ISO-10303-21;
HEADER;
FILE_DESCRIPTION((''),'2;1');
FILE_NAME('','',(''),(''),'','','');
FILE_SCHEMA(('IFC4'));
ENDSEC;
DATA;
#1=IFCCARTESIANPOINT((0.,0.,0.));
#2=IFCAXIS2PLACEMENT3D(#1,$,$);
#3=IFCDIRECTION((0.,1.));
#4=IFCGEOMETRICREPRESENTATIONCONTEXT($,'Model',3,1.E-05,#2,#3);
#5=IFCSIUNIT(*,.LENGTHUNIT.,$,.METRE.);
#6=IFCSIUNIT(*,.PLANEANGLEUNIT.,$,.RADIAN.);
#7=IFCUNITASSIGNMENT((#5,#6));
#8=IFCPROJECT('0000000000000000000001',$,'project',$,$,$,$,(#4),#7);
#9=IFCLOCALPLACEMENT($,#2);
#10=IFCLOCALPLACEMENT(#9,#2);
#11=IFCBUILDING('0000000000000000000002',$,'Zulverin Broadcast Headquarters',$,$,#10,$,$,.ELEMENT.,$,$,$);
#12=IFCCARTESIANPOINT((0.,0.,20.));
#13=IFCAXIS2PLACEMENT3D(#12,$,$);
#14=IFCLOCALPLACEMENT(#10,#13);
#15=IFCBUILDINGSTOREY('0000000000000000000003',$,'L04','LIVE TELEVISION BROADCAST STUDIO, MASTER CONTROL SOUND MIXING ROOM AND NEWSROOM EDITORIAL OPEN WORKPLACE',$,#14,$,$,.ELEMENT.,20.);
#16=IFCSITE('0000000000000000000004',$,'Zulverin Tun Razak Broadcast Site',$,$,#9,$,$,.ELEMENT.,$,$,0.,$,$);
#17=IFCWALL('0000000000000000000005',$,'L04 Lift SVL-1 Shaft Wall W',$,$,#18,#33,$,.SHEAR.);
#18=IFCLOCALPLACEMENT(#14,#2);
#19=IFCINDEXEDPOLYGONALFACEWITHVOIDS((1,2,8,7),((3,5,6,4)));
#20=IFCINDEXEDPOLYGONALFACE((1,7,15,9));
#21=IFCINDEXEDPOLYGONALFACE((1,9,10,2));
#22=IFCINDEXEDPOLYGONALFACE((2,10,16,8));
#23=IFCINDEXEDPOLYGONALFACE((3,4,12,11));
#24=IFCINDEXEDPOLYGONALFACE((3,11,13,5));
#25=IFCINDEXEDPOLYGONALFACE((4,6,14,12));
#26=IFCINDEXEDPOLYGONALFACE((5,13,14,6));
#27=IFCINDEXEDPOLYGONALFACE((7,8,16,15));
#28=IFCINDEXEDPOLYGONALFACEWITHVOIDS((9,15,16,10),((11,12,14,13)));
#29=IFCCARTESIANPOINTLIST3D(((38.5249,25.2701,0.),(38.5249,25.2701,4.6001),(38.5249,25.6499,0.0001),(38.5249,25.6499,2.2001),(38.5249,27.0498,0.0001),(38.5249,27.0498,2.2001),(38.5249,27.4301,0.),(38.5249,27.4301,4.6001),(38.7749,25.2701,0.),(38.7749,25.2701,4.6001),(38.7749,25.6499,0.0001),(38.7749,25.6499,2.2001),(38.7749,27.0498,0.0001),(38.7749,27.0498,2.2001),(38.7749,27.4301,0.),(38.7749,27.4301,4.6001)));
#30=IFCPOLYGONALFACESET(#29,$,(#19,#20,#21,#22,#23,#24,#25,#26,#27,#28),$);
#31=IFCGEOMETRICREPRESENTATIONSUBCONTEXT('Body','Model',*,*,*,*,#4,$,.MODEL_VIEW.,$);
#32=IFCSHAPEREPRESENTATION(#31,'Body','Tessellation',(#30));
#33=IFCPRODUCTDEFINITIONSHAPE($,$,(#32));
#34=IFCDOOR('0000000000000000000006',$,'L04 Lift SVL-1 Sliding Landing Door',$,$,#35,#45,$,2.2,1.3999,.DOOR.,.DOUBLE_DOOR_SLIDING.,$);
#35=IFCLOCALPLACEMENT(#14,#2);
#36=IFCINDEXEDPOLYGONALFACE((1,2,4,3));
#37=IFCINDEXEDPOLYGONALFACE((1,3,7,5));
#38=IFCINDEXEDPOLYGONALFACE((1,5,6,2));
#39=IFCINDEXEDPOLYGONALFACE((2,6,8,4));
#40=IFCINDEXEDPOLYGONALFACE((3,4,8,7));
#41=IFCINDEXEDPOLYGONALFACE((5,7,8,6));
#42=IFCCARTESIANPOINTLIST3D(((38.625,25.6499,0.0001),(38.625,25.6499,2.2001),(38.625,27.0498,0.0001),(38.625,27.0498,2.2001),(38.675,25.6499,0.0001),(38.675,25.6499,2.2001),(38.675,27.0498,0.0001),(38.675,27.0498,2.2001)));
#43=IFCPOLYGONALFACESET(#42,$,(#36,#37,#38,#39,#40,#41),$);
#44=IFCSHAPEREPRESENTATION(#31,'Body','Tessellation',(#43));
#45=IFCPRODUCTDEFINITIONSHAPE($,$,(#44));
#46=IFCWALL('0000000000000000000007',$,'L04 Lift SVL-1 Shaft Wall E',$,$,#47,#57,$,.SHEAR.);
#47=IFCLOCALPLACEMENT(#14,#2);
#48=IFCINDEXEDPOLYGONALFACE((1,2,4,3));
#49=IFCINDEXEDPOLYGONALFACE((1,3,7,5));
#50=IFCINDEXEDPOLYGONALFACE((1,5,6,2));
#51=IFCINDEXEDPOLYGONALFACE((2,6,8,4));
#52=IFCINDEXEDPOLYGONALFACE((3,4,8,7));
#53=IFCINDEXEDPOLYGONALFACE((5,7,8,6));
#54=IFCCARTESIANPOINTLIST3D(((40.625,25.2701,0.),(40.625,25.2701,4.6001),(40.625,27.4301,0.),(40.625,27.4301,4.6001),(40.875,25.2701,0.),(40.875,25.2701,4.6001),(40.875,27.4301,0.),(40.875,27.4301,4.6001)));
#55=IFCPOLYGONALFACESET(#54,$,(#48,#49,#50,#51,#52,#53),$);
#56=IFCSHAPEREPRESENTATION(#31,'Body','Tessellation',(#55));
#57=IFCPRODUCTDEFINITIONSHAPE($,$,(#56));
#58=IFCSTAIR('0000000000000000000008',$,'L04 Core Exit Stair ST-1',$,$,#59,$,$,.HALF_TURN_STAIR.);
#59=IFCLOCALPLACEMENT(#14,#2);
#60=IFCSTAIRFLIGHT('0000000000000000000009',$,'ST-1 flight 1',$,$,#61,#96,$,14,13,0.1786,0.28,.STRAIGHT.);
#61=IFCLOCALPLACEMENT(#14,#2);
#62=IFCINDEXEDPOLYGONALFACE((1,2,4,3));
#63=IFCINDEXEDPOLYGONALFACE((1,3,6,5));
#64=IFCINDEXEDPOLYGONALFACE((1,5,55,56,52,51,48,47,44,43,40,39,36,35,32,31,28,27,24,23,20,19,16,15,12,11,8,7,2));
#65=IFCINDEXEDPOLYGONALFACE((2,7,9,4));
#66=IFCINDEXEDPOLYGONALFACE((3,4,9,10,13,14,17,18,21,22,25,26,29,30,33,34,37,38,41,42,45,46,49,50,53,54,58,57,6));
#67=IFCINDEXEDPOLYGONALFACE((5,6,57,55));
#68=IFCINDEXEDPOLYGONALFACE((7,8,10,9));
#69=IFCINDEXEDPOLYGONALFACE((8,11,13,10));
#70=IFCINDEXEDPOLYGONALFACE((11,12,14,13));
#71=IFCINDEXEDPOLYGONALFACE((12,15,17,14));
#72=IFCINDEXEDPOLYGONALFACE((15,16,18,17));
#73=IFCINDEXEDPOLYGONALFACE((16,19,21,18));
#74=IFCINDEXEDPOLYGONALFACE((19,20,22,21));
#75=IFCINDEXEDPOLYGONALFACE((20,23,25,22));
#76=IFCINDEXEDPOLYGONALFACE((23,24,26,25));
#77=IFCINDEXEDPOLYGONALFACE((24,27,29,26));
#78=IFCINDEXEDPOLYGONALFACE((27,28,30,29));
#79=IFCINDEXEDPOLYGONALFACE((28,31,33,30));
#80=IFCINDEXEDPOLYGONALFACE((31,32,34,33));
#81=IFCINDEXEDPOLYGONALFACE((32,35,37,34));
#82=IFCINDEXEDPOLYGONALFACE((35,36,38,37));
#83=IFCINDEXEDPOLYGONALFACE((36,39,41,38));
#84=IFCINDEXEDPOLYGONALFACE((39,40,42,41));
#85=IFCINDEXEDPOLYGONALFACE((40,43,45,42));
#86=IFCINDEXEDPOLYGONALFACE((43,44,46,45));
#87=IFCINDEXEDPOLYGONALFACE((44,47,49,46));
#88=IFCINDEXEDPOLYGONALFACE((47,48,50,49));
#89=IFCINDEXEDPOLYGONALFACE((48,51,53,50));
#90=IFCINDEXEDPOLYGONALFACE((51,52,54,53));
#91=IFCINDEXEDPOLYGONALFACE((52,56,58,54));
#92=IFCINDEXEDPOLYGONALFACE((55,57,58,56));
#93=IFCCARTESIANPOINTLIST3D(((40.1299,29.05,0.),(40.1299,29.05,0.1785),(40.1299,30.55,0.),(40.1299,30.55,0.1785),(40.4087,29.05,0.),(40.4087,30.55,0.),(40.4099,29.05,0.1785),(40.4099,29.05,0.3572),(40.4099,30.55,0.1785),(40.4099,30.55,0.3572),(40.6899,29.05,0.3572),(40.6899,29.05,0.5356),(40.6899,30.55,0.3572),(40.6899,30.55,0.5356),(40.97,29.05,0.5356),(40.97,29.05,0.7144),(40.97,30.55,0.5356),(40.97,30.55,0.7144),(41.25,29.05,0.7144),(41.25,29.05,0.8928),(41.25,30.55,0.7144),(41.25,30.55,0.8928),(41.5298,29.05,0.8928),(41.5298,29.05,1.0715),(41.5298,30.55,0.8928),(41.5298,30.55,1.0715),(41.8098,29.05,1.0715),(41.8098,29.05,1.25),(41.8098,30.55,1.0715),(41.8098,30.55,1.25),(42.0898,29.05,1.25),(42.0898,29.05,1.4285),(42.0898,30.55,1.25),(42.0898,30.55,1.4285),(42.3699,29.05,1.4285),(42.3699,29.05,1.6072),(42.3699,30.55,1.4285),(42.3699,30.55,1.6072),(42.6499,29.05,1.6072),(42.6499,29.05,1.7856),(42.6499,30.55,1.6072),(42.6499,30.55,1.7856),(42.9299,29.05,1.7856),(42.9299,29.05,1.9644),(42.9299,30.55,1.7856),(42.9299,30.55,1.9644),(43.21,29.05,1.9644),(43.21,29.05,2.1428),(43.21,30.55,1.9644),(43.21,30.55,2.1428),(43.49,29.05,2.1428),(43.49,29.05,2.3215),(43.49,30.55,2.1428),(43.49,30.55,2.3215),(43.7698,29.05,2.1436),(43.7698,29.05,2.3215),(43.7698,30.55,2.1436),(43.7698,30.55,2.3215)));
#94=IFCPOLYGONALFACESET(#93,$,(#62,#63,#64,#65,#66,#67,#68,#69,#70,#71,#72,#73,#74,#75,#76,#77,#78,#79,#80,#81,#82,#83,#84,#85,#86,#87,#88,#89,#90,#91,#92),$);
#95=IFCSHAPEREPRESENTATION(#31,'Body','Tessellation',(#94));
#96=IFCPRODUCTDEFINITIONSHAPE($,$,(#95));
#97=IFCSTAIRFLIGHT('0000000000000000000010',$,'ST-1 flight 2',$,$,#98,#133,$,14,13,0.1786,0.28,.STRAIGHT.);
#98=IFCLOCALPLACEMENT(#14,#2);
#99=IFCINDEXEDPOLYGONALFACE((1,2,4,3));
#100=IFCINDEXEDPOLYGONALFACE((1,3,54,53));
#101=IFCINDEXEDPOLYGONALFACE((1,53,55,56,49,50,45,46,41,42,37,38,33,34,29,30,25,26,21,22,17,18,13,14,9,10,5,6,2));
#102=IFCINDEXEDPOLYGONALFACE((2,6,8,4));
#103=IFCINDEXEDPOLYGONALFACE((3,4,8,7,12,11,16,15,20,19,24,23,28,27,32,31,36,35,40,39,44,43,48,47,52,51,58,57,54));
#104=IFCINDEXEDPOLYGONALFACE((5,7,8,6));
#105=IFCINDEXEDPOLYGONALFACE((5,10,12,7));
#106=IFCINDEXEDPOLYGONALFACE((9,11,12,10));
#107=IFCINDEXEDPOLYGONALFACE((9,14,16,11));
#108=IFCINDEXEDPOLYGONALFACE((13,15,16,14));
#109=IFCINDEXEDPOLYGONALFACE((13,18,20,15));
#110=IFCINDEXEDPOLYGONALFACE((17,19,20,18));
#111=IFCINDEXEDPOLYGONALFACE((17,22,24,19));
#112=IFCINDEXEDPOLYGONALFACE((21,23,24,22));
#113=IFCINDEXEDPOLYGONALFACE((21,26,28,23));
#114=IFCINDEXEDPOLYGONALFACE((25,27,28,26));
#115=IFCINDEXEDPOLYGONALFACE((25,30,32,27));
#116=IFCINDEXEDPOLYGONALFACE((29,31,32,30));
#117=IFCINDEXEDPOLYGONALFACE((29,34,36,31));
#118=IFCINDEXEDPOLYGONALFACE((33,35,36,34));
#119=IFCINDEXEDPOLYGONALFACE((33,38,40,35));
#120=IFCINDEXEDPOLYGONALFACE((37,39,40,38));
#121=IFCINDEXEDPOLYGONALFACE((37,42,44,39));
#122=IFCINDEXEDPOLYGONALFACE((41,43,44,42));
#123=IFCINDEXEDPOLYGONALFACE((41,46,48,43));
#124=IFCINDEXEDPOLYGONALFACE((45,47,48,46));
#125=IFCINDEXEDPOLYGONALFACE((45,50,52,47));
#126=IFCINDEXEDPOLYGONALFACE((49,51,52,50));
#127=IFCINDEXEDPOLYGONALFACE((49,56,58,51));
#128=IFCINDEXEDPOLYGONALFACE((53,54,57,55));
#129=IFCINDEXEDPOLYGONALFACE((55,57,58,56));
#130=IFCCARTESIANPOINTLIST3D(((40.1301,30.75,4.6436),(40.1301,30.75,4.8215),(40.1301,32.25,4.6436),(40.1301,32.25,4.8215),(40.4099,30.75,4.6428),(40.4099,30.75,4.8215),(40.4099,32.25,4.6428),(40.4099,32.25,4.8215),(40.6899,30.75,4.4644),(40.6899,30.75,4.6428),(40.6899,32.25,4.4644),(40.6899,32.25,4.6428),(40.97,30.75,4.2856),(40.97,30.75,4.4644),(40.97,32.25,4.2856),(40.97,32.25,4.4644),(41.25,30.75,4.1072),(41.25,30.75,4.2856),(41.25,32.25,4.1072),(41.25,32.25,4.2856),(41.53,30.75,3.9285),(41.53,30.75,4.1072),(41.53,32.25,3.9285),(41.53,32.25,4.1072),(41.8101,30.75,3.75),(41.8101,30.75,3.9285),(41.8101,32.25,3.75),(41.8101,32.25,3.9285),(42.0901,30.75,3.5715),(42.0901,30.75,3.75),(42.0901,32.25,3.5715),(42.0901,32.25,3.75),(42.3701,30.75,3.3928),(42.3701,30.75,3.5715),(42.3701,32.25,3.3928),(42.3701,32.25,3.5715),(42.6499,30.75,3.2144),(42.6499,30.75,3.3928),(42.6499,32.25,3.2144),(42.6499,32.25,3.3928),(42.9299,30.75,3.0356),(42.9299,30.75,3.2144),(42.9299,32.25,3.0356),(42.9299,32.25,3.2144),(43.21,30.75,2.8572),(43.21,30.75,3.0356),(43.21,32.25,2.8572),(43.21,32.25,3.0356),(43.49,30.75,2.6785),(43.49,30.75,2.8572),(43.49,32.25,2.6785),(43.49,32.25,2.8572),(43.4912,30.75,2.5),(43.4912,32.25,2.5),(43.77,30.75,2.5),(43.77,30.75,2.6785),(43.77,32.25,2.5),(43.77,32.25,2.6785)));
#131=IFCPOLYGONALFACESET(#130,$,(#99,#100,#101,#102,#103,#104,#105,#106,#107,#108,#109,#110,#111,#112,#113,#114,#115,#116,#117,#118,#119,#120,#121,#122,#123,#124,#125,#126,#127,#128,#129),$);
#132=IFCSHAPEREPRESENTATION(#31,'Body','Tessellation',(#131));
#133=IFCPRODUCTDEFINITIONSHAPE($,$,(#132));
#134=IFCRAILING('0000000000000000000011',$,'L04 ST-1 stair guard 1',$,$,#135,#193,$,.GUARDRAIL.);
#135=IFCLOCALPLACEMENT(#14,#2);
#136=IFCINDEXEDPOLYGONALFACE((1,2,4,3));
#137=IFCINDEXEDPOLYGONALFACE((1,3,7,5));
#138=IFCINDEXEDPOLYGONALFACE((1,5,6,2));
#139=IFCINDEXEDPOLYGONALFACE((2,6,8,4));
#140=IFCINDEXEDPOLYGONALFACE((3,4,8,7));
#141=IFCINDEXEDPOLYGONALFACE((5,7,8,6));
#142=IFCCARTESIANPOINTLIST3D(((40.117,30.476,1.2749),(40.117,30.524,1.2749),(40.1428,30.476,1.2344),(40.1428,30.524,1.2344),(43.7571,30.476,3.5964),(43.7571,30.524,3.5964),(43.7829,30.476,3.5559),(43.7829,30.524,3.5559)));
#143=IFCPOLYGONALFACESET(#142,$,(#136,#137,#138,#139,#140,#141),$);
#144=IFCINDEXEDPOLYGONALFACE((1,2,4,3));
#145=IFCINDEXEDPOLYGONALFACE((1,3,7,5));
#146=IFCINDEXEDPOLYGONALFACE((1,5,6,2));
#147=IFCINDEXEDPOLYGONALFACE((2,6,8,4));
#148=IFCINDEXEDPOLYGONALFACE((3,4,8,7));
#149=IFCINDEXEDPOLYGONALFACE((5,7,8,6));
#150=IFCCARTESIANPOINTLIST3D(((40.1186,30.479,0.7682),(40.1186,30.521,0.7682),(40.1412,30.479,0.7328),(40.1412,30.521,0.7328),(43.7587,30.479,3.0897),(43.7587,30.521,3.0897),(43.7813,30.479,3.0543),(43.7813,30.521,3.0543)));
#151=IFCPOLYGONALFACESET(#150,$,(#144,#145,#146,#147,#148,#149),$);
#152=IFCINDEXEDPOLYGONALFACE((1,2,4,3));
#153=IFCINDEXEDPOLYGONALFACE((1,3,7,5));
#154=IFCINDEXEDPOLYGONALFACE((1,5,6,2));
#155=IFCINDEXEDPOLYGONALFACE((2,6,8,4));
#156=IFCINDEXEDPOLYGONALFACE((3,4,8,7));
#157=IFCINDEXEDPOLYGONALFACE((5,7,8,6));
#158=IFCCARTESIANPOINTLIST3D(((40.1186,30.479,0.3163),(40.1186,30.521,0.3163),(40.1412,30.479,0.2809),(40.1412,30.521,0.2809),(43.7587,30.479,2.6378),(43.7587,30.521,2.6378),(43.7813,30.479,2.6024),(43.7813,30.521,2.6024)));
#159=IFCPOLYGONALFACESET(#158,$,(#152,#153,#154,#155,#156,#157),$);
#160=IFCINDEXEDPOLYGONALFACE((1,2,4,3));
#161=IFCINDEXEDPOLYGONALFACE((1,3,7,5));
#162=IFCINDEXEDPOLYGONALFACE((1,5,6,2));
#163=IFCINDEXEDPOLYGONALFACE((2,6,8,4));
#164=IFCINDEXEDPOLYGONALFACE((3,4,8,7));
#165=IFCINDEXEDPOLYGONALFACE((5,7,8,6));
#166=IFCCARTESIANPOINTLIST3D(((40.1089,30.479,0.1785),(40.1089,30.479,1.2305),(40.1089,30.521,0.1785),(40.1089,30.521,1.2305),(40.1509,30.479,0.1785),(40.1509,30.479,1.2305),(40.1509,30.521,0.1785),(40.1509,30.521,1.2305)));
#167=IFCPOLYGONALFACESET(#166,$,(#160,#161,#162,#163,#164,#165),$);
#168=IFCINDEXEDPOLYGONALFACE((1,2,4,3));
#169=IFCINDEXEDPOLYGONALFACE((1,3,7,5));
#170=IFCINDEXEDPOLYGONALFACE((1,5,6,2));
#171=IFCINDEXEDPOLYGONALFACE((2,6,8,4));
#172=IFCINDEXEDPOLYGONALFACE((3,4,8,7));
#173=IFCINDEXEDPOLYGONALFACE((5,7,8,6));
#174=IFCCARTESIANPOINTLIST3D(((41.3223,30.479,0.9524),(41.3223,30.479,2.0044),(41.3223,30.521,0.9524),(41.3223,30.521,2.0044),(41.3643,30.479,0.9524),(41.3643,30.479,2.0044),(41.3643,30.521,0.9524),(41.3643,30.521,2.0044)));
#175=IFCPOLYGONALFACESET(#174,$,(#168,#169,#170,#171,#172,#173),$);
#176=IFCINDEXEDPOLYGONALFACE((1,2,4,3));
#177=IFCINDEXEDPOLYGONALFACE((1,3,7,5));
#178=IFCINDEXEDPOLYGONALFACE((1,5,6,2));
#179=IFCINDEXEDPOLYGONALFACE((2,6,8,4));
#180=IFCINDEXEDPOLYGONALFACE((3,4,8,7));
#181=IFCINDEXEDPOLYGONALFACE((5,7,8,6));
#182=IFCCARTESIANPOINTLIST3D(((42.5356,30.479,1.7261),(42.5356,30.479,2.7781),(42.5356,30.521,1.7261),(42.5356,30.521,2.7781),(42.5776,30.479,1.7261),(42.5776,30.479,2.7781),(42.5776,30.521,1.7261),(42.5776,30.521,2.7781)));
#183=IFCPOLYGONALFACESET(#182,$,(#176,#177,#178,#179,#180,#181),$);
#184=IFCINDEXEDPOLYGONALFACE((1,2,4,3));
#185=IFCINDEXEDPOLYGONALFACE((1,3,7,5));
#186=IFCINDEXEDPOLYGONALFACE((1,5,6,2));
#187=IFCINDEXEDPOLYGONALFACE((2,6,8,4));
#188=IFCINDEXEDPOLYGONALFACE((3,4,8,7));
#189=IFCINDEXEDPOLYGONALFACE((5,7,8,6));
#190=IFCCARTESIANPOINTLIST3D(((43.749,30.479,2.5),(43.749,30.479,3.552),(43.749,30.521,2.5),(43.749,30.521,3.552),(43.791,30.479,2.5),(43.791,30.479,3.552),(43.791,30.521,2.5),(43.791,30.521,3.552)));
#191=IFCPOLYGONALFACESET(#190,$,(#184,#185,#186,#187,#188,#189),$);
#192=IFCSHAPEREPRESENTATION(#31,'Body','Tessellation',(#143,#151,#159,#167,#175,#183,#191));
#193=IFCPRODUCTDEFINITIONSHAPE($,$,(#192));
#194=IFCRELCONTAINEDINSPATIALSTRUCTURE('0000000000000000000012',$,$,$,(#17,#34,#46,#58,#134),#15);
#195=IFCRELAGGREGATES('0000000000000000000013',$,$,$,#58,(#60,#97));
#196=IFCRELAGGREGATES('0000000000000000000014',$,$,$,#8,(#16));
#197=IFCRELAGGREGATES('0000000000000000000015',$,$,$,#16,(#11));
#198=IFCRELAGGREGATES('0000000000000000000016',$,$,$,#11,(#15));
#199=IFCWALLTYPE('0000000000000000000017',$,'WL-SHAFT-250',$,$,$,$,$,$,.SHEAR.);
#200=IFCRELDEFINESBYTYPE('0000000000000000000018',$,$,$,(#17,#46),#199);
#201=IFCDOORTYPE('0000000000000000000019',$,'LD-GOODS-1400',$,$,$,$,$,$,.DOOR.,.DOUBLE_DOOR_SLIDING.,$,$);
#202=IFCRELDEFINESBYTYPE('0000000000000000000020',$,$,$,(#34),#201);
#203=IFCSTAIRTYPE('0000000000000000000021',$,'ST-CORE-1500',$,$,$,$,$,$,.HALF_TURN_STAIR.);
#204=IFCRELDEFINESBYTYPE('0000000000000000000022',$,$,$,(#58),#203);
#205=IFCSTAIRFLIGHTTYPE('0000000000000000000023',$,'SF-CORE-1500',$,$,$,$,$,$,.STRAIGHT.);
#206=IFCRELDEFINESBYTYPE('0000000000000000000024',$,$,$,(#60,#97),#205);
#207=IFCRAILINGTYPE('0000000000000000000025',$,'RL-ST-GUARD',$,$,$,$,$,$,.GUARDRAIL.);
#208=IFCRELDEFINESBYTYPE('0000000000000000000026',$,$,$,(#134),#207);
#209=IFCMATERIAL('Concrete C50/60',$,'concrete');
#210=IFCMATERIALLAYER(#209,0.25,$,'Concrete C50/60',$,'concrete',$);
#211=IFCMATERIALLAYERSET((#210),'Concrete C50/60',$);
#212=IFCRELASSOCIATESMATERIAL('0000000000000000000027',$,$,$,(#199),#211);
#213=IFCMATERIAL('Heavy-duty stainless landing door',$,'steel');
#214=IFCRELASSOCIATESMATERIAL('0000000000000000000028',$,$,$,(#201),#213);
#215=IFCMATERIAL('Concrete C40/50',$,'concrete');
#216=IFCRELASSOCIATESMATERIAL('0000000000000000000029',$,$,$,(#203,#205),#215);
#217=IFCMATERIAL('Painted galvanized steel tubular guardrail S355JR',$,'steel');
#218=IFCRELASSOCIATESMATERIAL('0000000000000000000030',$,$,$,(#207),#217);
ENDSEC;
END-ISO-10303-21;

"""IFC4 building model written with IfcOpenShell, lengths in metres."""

from ifc_helpers import new_model, si_unit, direction, frame, frame_2d, origin, origin_2d, place, context, subcontext, project, spatial, polyline, rectangle, outline, extrude, material, layer, layer_set, type_object, element, fill, aggregate, save


model = new_model("IFC4")

# Units and contexts
model_context = context("Model", 3, precision=1e-05, world=origin(), true_north=direction((0.0, 1.0)))
body_context = subcontext(model_context, "Body", "Model", "MODEL_VIEW")
ifc_project = project(units=[si_unit("LENGTHUNIT", "METRE"), si_unit("PLANEANGLEUNIT", "RADIAN")], contexts=[model_context])

# Site, building, storey
site_placement = place(None, origin())
site = spatial("IfcSite", under=ifc_project, at=site_placement, Name="Zulverin Tun Razak Broadcast Site", CompositionType="ELEMENT", RefElevation=0.0)
building_placement = place(site_placement, origin())
building = spatial("IfcBuilding", under=site, at=building_placement, Name="Zulverin Broadcast Headquarters", CompositionType="ELEMENT")
storey_placement = place(building_placement, frame((0.0, 0.0, 20.0)))
storey = spatial("IfcBuildingStorey", under=building, at=storey_placement, Name="L04", Description="LIVE TELEVISION BROADCAST STUDIO, MASTER CONTROL SOUND MIXING ROOM AND NEWSROOM EDITORIAL OPEN WORKPLACE", CompositionType="ELEMENT", Elevation=20.0)

# Shared definitions
ifc_material_1 = material(Name="Concrete C50/60", Category="concrete")
ifc_layer_1 = layer(ifc_material_1, 0.25, Name="Concrete C50/60", Category="concrete")
ifc_layer_set_1 = layer_set([ifc_layer_1], Name="Concrete C50/60")
wall_type_1 = type_object("IfcWallType", Name="WL-SHAFT-250", PredefinedType="SHEAR", material=ifc_layer_set_1)

# Wall, opening, door
wall_1_placement = place(storey_placement, frame((38.6499, 25.27, 0.0), z_axis=(0.0, 0.0, 1.0), x_axis=(0.0, 1.0, 0.0)))
wall_1 = element("IfcWall", 1, at=wall_1_placement, inside=storey, type_object=wall_type_1, Name="L04 Lift SVL-1 Shaft Wall W", PredefinedType="SHEAR", context=body_context, shape_type="SweptSolid", body=[
    extrude(rectangle(XDim=2.1599, YDim=0.25, at=frame_2d((1.0801, 0.0))), origin(), (0.0, 0.0, 1.0), 4.6001),
])
opening_1_placement = place(wall_1_placement, frame((0.3799, 0.0, 0.0)))
opening_1 = element("IfcOpeningElement", 2, at=opening_1_placement, cuts=wall_1, PredefinedType="OPENING", context=body_context, shape_type="SweptSolid", body=[
    extrude(rectangle(XDim=1.3999, YDim=2.2, at=frame_2d((0.7, 1.1001))), frame((0.0, 0.135, 0.0), z_axis=(0.0, -1.0, 0.0), x_axis=(1.0, 0.0, 0.0)), (0.0, 0.0, 1.0), 0.27),
])
ifc_material_2 = material(Name="Heavy-duty stainless landing door", Category="steel")
door_type_1 = type_object("IfcDoorType", Name="LD-GOODS-1400", OperationType="DOUBLE_DOOR_SLIDING", PredefinedType="DOOR", material=ifc_material_2)
door_1_placement = place(opening_1_placement, origin())
door_1 = element("IfcDoor", 3, at=door_1_placement, inside=storey, type_object=door_type_1, Name="L04 Lift SVL-1 Sliding Landing Door", OperationType="DOUBLE_DOOR_SLIDING", OverallHeight=2.2, OverallWidth=1.3999, PredefinedType="DOOR", context=body_context, shape_type="SweptSolid", body=[
    extrude(rectangle(XDim=1.3999, YDim=2.2, at=frame_2d((0.7, 1.1001))), frame((0.0, 0.0249, 0.0), z_axis=(0.0, -1.0, 0.0), x_axis=(1.0, 0.0, 0.0)), (0.0, 0.0, 1.0), 0.05),
])
fill(opening_1, door_1)

# Wall
wall_2_placement = place(storey_placement, frame((40.75, 25.27, 0.0), z_axis=(0.0, 0.0, 1.0), x_axis=(0.0, 1.0, 0.0)))
element("IfcWall", 4, at=wall_2_placement, inside=storey, type_object=wall_type_1, Name="L04 Lift SVL-1 Shaft Wall E", PredefinedType="SHEAR", context=body_context, shape_type="SweptSolid", body=[
    extrude(rectangle(XDim=2.1599, YDim=0.25, at=frame_2d((1.0801, 0.0))), origin(), (0.0, 0.0, 1.0), 4.6001),
])

# Stair, stair flights
ifc_material_3 = material(Name="Concrete C40/50", Category="concrete")
stair_type = type_object("IfcStairType", Name="ST-CORE-1500", PredefinedType="HALF_TURN_STAIR", material=ifc_material_3)
stair_placement = place(storey_placement, origin())
stair = element("IfcStair", 5, at=stair_placement, inside=storey, type_object=stair_type, Name="L04 Core Exit Stair ST-1", PredefinedType="HALF_TURN_STAIR")
stair_flight_type = type_object("IfcStairFlightType", Name="SF-CORE-1500", PredefinedType="STRAIGHT", material=ifc_material_3)
stair_flight_1_placement = place(storey_placement, frame((40.1299, 29.8, 0.0), z_axis=(0.0, 0.0, 1.0), x_axis=(1.0, 0.0, 0.0)))
stair_flight_1 = element("IfcStairFlight", 6, at=stair_flight_1_placement, type_object=stair_flight_type, Name="ST-1 flight 1", NumberOfRisers=14, NumberOfTreads=13, PredefinedType="STRAIGHT", RiserHeight=0.1786, TreadLength=0.28, context=body_context, shape_type="SweptSolid", body=[
    extrude(outline(polyline([(0.0, 0.0), (0.0, 0.1785), (0.28, 0.1785), (0.28, 0.3572), (0.5601, 0.3572), (0.5601, 0.5356), (0.8401, 0.5356), (0.8401, 0.7144), (1.1201, 0.7144), (1.1201, 0.8928), (1.3999, 0.8928), (1.3999, 1.0715), (1.6799, 1.0715), (1.6799, 1.25), (1.96, 1.25), (1.96, 1.4285), (2.24, 1.4285), (2.24, 1.6072), (2.52, 1.6072), (2.52, 1.7856), (2.8, 1.7856), (2.8, 1.9644), (3.0801, 1.9644), (3.0801, 2.1428), (3.3601, 2.1428), (3.3601, 2.3215), (3.6399, 2.3215), (3.6399, 2.5), (3.6399, 2.1436), (0.2788, 0.0), (0.0, 0.0)])), frame((0.0, 0.75, 0.0), z_axis=(0.0, -1.0, 0.0), x_axis=(1.0, 0.0, 0.0)), (0.0, 0.0, 1.0), 1.5),
])
stair_flight_2_placement = place(storey_placement, frame((43.77, 31.5, 2.5), z_axis=(0.0, 0.0, 1.0), x_axis=(-1.0, 0.0, 0.0)))
stair_flight_2 = element("IfcStairFlight", 7, at=stair_flight_2_placement, type_object=stair_flight_type, Name="ST-1 flight 2", NumberOfRisers=14, NumberOfTreads=13, PredefinedType="STRAIGHT", RiserHeight=0.1786, TreadLength=0.28, context=body_context, shape_type="SweptSolid", body=[
    extrude(outline(polyline([(0.0, 0.0), (0.0, 0.1785), (0.28, 0.1785), (0.28, 0.3572), (0.5601, 0.3572), (0.5601, 0.5356), (0.8401, 0.5356), (0.8401, 0.7144), (1.1201, 0.7144), (1.1201, 0.8928), (1.3999, 0.8928), (1.3999, 1.0715), (1.6799, 1.0715), (1.6799, 1.25), (1.96, 1.25), (1.96, 1.4285), (2.24, 1.4285), (2.24, 1.6072), (2.52, 1.6072), (2.52, 1.7856), (2.8, 1.7856), (2.8, 1.9644), (3.0801, 1.9644), (3.0801, 2.1428), (3.3601, 2.1428), (3.3601, 2.3215), (3.6399, 2.3215), (3.6399, 2.5), (3.6399, 2.1436), (0.2788, 0.0), (0.0, 0.0)])), frame((0.0, 0.75, 0.0), z_axis=(0.0, -1.0, 0.0), x_axis=(1.0, 0.0, 0.0)), (0.0, 0.0, 1.0), 1.5),
])
aggregate(stair, [stair_flight_1, stair_flight_2])

# Railing
ifc_material_4 = material(Name="Painted galvanized steel tubular guardrail S355JR", Category="steel")
railing_type_1 = type_object("IfcRailingType", Name="RL-ST-GUARD", PredefinedType="GUARDRAIL", material=ifc_material_4)
railing_1_placement = place(storey_placement, frame((40.1299, 30.5, 0.1785)))
element("IfcRailing", 8, at=railing_1_placement, inside=storey, type_object=railing_type_1, Name="L04 ST-1 stair guard 1", PredefinedType="GUARDRAIL", context=body_context, shape_type="SweptSolid", body=[
    extrude(rectangle(XDim=0.0481, YDim=0.0481, at=origin_2d()), frame((0.0, 0.0, 1.0762), z_axis=(0.843128, 0.0, 0.537713), x_axis=(0.0, 1.0, 0.0)), (0.0, 0.0, 1.0), 4.3174),
    extrude(rectangle(XDim=0.042, YDim=0.042, at=origin_2d()), frame((0.0, 0.0, 0.572), z_axis=(0.843128, 0.0, 0.537713), x_axis=(0.0, 1.0, 0.0)), (0.0, 0.0, 1.0), 4.3174),
    extrude(rectangle(XDim=0.042, YDim=0.042, at=origin_2d()), frame((0.0, 0.0, 0.1201), z_axis=(0.843128, 0.0, 0.537713), x_axis=(0.0, 1.0, 0.0)), (0.0, 0.0, 1.0), 4.3174),
    extrude(rectangle(XDim=0.042, YDim=0.042, at=origin_2d()), origin(), (0.0, 0.0, 1.0), 1.052),
    extrude(rectangle(XDim=0.042, YDim=0.042, at=origin_2d()), frame((1.2134, 0.0, 0.7739)), (0.0, 0.0, 1.0), 1.052),
    extrude(rectangle(XDim=0.042, YDim=0.042, at=origin_2d()), frame((2.4268, 0.0, 1.5476)), (0.0, 0.0, 1.0), 1.052),
    extrude(rectangle(XDim=0.042, YDim=0.042, at=origin_2d()), frame((3.6401, 0.0, 2.3215)), (0.0, 0.0, 1.0), 1.052),
])

save(model, "model.ifc")
